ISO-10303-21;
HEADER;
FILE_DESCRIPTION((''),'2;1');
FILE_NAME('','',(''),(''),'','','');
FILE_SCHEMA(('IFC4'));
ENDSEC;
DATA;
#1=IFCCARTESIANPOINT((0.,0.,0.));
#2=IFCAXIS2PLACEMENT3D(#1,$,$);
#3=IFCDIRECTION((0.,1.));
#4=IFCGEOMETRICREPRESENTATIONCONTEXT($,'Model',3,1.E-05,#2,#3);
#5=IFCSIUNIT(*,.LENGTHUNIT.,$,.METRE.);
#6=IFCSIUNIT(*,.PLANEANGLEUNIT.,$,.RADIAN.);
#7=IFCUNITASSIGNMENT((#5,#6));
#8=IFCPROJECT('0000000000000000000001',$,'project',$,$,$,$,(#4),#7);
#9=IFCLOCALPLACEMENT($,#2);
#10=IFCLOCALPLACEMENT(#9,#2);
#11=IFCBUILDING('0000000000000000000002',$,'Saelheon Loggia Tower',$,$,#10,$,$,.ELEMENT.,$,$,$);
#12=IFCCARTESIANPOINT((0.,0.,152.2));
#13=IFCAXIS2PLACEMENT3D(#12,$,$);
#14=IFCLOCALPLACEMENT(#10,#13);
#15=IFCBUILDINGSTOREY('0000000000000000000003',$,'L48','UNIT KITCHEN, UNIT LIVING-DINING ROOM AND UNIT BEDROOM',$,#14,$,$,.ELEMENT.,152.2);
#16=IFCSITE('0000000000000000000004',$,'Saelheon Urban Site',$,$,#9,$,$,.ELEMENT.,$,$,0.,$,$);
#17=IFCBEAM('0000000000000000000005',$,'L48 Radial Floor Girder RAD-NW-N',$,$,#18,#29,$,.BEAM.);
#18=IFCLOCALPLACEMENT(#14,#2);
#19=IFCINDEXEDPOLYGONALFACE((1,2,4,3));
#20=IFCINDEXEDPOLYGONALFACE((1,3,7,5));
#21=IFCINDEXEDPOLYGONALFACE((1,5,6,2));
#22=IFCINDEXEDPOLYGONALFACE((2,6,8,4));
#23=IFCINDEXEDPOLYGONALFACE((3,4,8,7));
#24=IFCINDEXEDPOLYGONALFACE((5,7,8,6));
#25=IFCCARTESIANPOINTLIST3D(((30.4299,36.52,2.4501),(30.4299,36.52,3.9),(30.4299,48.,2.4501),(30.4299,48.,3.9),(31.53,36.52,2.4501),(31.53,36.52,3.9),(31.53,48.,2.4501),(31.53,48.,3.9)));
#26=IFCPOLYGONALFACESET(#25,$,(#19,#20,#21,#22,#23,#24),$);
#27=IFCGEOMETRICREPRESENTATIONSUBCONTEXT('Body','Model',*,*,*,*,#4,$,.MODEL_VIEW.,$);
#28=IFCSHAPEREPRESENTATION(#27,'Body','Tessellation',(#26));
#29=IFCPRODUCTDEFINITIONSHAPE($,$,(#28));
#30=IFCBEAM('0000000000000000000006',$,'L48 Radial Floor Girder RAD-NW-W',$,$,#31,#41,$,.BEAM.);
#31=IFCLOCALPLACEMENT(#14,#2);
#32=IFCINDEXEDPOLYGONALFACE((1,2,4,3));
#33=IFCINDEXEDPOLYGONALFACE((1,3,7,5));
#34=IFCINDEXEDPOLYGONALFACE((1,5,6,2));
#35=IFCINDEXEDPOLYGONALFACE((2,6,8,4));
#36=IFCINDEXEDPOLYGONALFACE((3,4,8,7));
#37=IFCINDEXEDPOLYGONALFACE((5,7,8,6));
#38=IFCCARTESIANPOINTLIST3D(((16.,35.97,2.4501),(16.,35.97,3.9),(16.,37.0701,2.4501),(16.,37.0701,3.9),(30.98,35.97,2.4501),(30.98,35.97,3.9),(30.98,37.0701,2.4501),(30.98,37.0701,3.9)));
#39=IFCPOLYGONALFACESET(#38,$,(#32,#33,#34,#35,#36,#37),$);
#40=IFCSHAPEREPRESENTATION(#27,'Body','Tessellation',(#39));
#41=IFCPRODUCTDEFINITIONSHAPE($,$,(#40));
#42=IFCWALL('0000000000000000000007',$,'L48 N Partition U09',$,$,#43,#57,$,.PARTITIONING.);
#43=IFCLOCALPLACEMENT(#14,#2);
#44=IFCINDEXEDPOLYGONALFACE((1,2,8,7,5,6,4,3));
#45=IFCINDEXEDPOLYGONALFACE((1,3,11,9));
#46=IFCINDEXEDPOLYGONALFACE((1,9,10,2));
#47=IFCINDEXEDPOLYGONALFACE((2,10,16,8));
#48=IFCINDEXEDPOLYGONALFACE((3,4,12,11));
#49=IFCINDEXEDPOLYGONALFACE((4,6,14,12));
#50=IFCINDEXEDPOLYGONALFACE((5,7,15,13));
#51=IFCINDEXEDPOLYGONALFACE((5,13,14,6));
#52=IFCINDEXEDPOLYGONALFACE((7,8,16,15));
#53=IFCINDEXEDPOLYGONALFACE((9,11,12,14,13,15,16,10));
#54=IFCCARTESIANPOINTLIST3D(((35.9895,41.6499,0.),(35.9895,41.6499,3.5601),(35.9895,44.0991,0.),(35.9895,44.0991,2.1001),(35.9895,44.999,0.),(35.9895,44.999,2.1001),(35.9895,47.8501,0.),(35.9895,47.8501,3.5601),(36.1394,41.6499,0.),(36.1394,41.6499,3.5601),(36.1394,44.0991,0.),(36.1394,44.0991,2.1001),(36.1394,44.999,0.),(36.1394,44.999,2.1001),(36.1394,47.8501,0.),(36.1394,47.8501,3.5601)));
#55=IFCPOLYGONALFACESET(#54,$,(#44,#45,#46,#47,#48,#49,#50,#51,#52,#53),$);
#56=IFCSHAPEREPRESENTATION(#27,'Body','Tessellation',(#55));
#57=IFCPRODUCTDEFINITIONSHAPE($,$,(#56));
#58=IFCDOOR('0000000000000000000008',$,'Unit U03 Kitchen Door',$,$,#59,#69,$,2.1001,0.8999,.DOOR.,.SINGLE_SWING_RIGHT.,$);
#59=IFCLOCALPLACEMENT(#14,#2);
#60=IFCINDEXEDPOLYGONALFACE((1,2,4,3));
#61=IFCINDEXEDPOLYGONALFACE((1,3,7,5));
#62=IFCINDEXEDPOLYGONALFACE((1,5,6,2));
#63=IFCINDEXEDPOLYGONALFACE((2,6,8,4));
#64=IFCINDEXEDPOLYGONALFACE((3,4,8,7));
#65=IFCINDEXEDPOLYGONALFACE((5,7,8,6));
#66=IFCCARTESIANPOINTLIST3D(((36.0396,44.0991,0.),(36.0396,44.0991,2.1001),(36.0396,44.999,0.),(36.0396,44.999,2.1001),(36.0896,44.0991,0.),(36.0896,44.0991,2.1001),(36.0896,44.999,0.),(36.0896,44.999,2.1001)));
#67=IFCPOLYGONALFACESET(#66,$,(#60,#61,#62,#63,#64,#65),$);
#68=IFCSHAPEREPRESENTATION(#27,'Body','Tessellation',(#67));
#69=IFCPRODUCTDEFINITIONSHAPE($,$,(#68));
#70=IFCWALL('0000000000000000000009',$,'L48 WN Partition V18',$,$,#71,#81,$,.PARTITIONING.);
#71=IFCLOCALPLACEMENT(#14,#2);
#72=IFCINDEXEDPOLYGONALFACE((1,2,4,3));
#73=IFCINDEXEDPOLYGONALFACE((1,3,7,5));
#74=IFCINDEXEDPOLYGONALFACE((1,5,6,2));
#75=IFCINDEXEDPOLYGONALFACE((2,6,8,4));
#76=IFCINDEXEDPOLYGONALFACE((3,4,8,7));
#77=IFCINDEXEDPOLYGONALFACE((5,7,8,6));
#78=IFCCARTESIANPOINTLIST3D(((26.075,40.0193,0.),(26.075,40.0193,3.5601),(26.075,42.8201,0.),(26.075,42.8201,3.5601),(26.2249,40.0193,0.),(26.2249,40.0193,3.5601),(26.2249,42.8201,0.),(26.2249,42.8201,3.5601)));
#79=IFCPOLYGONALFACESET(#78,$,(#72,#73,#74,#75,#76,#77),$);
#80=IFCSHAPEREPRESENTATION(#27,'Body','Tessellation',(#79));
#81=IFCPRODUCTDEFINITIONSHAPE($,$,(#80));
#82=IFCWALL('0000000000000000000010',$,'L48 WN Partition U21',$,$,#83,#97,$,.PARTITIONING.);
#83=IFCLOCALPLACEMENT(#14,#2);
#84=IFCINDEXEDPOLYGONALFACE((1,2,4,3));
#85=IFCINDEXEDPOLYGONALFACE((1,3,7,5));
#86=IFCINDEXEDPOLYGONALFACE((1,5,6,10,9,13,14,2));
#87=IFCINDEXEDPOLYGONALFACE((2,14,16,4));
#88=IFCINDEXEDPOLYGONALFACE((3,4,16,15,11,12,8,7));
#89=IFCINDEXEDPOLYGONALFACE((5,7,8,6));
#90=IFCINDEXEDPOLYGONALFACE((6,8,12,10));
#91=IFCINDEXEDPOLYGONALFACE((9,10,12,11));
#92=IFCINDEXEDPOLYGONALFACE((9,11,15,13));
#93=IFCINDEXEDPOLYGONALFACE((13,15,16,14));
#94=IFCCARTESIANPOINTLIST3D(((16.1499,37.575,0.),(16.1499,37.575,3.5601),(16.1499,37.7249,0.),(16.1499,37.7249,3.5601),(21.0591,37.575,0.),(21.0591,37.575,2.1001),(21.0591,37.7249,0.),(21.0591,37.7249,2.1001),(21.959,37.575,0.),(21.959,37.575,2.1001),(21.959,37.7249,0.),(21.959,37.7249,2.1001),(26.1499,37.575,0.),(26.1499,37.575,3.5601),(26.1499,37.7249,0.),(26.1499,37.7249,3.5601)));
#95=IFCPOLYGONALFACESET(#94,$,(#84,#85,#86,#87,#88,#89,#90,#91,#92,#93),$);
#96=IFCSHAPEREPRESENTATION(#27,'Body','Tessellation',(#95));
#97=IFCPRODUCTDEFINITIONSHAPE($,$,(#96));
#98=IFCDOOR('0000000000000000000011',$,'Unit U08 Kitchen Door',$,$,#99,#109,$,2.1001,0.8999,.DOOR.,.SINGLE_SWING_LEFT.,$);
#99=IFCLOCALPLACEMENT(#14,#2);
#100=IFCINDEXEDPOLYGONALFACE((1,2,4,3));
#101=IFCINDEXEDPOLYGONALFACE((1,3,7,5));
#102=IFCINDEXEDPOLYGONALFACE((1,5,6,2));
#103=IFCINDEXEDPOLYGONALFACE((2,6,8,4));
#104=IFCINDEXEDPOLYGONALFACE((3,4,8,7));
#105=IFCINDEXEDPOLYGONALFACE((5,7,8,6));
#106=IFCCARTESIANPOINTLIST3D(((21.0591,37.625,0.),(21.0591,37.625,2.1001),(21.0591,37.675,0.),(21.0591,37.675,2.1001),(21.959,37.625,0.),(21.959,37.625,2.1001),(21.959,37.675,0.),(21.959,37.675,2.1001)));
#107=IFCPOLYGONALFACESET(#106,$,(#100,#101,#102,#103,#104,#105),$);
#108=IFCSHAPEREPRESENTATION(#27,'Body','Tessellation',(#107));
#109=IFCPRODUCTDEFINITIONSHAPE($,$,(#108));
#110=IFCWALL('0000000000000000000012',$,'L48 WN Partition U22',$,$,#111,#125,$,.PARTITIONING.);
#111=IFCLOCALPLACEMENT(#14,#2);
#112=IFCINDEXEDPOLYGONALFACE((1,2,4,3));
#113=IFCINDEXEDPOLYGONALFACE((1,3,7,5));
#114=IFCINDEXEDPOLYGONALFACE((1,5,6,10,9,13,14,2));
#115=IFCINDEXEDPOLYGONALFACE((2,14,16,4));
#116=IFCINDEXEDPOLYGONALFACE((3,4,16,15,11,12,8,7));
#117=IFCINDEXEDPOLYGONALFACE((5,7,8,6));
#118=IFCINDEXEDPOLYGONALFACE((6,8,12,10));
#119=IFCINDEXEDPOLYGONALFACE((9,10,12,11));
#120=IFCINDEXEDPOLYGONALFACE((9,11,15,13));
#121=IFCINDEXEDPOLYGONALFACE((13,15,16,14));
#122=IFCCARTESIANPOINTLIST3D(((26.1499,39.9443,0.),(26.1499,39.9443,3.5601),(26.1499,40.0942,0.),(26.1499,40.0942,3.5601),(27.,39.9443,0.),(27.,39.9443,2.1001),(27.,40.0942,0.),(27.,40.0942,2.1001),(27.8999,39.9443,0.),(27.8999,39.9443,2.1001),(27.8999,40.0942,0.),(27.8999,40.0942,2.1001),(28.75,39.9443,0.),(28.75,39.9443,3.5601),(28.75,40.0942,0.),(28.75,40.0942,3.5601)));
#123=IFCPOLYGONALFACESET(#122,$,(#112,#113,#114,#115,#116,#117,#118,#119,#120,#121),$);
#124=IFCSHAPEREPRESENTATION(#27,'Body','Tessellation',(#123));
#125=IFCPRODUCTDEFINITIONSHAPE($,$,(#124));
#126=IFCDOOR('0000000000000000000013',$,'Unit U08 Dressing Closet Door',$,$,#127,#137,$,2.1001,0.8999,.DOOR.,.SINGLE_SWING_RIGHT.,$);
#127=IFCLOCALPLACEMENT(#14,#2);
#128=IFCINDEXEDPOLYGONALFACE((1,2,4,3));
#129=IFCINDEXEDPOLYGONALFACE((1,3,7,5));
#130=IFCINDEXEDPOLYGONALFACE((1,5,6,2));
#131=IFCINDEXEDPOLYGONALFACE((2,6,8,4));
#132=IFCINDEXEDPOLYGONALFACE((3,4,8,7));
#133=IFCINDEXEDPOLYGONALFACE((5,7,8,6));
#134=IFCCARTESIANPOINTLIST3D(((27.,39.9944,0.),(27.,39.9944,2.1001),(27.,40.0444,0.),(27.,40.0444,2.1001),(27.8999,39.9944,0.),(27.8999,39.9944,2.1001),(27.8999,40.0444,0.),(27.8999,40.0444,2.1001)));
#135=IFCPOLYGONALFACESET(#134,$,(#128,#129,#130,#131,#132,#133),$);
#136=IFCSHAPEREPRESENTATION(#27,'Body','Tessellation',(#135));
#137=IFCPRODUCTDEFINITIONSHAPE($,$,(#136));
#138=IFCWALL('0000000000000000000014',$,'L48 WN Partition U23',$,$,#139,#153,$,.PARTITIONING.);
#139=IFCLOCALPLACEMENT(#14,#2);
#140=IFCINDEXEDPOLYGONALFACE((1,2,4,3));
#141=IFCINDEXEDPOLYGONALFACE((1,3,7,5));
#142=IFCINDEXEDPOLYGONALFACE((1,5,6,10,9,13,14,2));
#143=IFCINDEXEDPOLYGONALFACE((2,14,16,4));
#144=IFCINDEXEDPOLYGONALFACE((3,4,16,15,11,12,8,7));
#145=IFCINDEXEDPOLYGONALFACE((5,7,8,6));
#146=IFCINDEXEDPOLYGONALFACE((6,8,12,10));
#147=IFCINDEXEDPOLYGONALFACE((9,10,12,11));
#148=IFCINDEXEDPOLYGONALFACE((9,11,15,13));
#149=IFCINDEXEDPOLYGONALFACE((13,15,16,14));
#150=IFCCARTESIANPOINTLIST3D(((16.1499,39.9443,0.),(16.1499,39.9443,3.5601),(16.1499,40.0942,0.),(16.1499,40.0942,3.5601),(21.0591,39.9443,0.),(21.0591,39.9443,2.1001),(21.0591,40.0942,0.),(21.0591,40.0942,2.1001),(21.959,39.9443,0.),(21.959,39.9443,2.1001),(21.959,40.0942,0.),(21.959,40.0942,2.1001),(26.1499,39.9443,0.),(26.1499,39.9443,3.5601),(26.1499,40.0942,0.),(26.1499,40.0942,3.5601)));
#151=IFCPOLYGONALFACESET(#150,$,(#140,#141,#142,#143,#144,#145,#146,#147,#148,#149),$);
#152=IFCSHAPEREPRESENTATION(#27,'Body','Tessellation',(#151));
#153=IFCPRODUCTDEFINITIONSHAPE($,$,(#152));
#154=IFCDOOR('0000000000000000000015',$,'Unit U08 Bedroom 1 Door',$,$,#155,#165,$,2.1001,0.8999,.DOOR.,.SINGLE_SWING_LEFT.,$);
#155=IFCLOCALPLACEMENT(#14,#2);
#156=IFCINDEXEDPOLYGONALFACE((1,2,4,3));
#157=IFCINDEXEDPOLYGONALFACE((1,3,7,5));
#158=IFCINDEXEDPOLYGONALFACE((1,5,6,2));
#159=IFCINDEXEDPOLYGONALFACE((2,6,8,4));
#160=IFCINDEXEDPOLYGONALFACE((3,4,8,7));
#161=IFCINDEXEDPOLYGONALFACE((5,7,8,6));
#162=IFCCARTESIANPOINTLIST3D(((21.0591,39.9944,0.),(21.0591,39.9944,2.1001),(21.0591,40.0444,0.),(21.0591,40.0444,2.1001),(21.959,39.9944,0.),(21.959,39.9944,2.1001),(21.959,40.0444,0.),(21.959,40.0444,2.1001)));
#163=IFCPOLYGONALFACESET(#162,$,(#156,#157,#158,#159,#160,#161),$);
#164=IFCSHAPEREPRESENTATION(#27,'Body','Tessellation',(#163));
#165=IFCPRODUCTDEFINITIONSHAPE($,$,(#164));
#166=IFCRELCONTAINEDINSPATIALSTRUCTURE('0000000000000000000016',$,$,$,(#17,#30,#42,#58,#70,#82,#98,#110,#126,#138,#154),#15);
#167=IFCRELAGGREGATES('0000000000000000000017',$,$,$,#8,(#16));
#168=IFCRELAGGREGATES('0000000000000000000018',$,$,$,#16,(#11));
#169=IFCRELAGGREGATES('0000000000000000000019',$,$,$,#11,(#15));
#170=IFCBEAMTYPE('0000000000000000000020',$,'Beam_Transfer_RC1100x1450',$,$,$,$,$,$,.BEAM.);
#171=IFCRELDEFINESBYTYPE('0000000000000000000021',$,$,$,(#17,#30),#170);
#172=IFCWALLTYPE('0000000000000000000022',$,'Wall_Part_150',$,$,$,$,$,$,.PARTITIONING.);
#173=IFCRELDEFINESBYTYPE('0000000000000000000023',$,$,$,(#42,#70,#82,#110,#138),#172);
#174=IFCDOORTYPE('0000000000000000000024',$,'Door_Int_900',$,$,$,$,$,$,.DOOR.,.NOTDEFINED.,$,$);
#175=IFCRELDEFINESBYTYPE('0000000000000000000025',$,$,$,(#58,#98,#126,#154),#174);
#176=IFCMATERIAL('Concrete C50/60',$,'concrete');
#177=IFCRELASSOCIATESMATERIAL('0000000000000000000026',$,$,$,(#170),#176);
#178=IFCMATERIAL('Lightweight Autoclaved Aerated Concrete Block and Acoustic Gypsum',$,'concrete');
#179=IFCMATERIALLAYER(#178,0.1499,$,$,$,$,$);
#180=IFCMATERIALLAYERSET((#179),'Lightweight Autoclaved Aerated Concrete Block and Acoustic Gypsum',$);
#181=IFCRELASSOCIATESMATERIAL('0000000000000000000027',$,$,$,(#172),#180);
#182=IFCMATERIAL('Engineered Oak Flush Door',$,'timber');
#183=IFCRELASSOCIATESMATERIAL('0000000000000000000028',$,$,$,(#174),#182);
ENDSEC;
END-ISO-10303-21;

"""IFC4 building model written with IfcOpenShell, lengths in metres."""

from ifc_helpers import new_model, si_unit, direction, frame, frame_2d, origin, origin_2d, place, context, subcontext, project, spatial, rectangle, extrude, source, transform, mapped, material, layer, layer_set, material_profile, profile_set, type_object, element, fill, save


model = new_model("IFC4")

# Units and contexts
model_context = context("Model", 3, precision=1e-05, world=origin(), true_north=direction((0.0, 1.0)))
body_context = subcontext(model_context, "Body", "Model", "MODEL_VIEW")
ifc_project = project(units=[si_unit("LENGTHUNIT", "METRE"), si_unit("PLANEANGLEUNIT", "RADIAN")], contexts=[model_context])

# Site, building, storey
site_placement = place(None, origin())
site = spatial("IfcSite", under=ifc_project, at=site_placement, Name="Saelheon Urban Site", CompositionType="ELEMENT", RefElevation=0.0)
building_placement = place(site_placement, origin())
building = spatial("IfcBuilding", under=site, at=building_placement, Name="Saelheon Loggia Tower", CompositionType="ELEMENT")
storey_placement = place(building_placement, frame((0.0, 0.0, 152.2)))
storey = spatial("IfcBuildingStorey", under=building, at=storey_placement, Name="L48", Description="UNIT KITCHEN, UNIT LIVING-DINING ROOM AND UNIT BEDROOM", CompositionType="ELEMENT", Elevation=152.2)

# Beams
ifc_material_1 = material(Name="Concrete C50/60", Category="concrete")
ifc_material_profile = material_profile(ifc_material_1, rectangle(XDim=1.1001, YDim=1.45, at=origin_2d()), Name="RC-1100x1450")
ifc_profile_set = profile_set([ifc_material_profile], Name="Concrete C50/60")
beam_type = type_object("IfcBeamType", Name="Beam_Transfer_RC1100x1450", PredefinedType="BEAM", material=ifc_profile_set)
shared_shape_1 = source(origin(), body_context, "Body", "SweptSolid", [
    extrude(rectangle(XDim=1.1001, YDim=1.45, at=origin_2d()), origin(), (0.0, 0.0, 1.0), 11.48),
])
beam_1_placement = place(storey_placement, frame((30.98, 36.52, 3.175), z_axis=(0.0, 1.0, 0.0), x_axis=(-1.0, 0.0, 0.0)))
element("IfcBeam", 1, at=beam_1_placement, inside=storey, type_object=beam_type, Name="L48 Radial Floor Girder RAD-NW-N", PredefinedType="BEAM", context=body_context, shape_type="MappedRepresentation", body=[
    mapped(shared_shape_1, transform((0.0, 0.0, 0.0), scale=1.0)),
])
shared_shape_2 = source(origin(), body_context, "Body", "SweptSolid", [
    extrude(rectangle(XDim=1.1001, YDim=1.45, at=origin_2d()), origin(), (0.0, 0.0, 1.0), 14.98),
])
beam_2_placement = place(storey_placement, frame((30.98, 36.52, 3.175), z_axis=(-1.0, 0.0, 0.0), x_axis=(0.0, -1.0, 0.0)))
element("IfcBeam", 2, at=beam_2_placement, inside=storey, type_object=beam_type, Name="L48 Radial Floor Girder RAD-NW-W", PredefinedType="BEAM", context=body_context, shape_type="MappedRepresentation", body=[
    mapped(shared_shape_2, transform((0.0, 0.0, 0.0), scale=1.0)),
])

# Wall, opening, door
ifc_material_2 = material(Name="Lightweight Autoclaved Aerated Concrete Block and Acoustic Gypsum", Category="concrete")
ifc_layer_1 = layer(ifc_material_2, 0.1499)
ifc_layer_set_1 = layer_set([ifc_layer_1], Name="Lightweight Autoclaved Aerated Concrete Block and Acoustic Gypsum")
wall_type_1 = type_object("IfcWallType", Name="Wall_Part_150", PredefinedType="PARTITIONING", material=ifc_layer_set_1)
wall_1_placement = place(storey_placement, frame((36.0645, 41.6499, 0.0), z_axis=(0.0, 0.0, 1.0), x_axis=(0.0, 1.0, 0.0)))
wall_1 = element("IfcWall", 3, at=wall_1_placement, inside=storey, type_object=wall_type_1, Name="L48 N Partition U09", PredefinedType="PARTITIONING", context=body_context, shape_type="SweptSolid", body=[
    extrude(rectangle(XDim=6.2002, YDim=0.1499, at=frame_2d((3.1001, 0.0))), origin(), (0.0, 0.0, 1.0), 3.5601),
])
opening_1_placement = place(wall_1_placement, frame((2.4492, 0.0, 0.0)))
opening_1 = element("IfcOpeningElement", 4, at=opening_1_placement, cuts=wall_1, PredefinedType="OPENING", context=body_context, shape_type="SweptSolid", body=[
    extrude(rectangle(XDim=0.8999, YDim=2.1001, at=frame_2d((0.45, 1.05))), frame((0.0, 0.0869, 0.0), z_axis=(0.0, -1.0, 0.0), x_axis=(1.0, 0.0, 0.0)), (0.0, 0.0, 1.0), 0.1738),
])
ifc_material_3 = material(Name="Engineered Oak Flush Door", Category="timber")
door_type_1 = type_object("IfcDoorType", Name="Door_Int_900", OperationType="NOTDEFINED", PredefinedType="DOOR", material=ifc_material_3)
shared_shape_3 = source(origin(), body_context, "Body", "SweptSolid", [
    extrude(rectangle(XDim=0.8999, YDim=2.1001, at=frame_2d((0.45, 1.05))), frame((0.0, 0.0249, 0.0), z_axis=(0.0, -1.0, 0.0), x_axis=(1.0, 0.0, 0.0)), (0.0, 0.0, 1.0), 0.05),
])
door_1_placement = place(opening_1_placement, origin())
door_1 = element("IfcDoor", 5, at=door_1_placement, inside=storey, type_object=door_type_1, Name="Unit U03 Kitchen Door", OperationType="SINGLE_SWING_RIGHT", OverallHeight=2.1001, OverallWidth=0.8999, PredefinedType="DOOR", context=body_context, shape_type="MappedRepresentation", body=[
    mapped(shared_shape_3, transform((0.0, 0.0, 0.0), scale=1.0)),
])
fill(opening_1, door_1)

# Wall
wall_2_placement = place(storey_placement, frame((26.1499, 40.0193, 0.0), z_axis=(0.0, 0.0, 1.0), x_axis=(0.0, 1.0, 0.0)))
element("IfcWall", 6, at=wall_2_placement, inside=storey, type_object=wall_type_1, Name="L48 WN Partition V18", PredefinedType="PARTITIONING", context=body_context, shape_type="SweptSolid", body=[
    extrude(rectangle(XDim=2.8008, YDim=0.1499, at=frame_2d((1.4004, 0.0))), origin(), (0.0, 0.0, 1.0), 3.5601),
])

# Walls, openings, doors
wall_3_placement = place(storey_placement, frame((26.1499, 37.6499, 0.0), z_axis=(0.0, 0.0, 1.0), x_axis=(-1.0, 0.0, 0.0)))
wall_3 = element("IfcWall", 7, at=wall_3_placement, inside=storey, type_object=wall_type_1, Name="L48 WN Partition U21", PredefinedType="PARTITIONING", context=body_context, shape_type="SweptSolid", body=[
    extrude(rectangle(XDim=10.0, YDim=0.1499, at=frame_2d((5.0, 0.0))), origin(), (0.0, 0.0, 1.0), 3.5601),
])
opening_2_placement = place(wall_3_placement, frame((4.1909, 0.0, 0.0)))
opening_2 = element("IfcOpeningElement", 8, at=opening_2_placement, cuts=wall_3, PredefinedType="OPENING", context=body_context, shape_type="SweptSolid", body=[
    extrude(rectangle(XDim=0.8999, YDim=2.1001, at=frame_2d((0.45, 1.05))), frame((0.0, 0.0869, 0.0), z_axis=(0.0, -1.0, 0.0), x_axis=(1.0, 0.0, 0.0)), (0.0, 0.0, 1.0), 0.1738),
])
door_2_placement = place(opening_2_placement, origin())
door_2 = element("IfcDoor", 9, at=door_2_placement, inside=storey, type_object=door_type_1, Name="Unit U08 Kitchen Door", OperationType="SINGLE_SWING_LEFT", OverallHeight=2.1001, OverallWidth=0.8999, PredefinedType="DOOR", context=body_context, shape_type="MappedRepresentation", body=[
    mapped(shared_shape_3, transform((0.0, 0.0, 0.0), scale=1.0)),
])
fill(opening_2, door_2)
wall_4_placement = place(storey_placement, frame((28.75, 40.0193, 0.0), z_axis=(0.0, 0.0, 1.0), x_axis=(-1.0, 0.0, 0.0)))
wall_4 = element("IfcWall", 10, at=wall_4_placement, inside=storey, type_object=wall_type_1, Name="L48 WN Partition U22", PredefinedType="PARTITIONING", context=body_context, shape_type="SweptSolid", body=[
    extrude(rectangle(XDim=2.6001, YDim=0.1499, at=frame_2d((1.3, 0.0))), origin(), (0.0, 0.0, 1.0), 3.5601),
])
opening_3_placement = place(wall_4_placement, frame((0.8501, 0.0, 0.0)))
opening_3 = element("IfcOpeningElement", 11, at=opening_3_placement, cuts=wall_4, PredefinedType="OPENING", context=body_context, shape_type="SweptSolid", body=[
    extrude(rectangle(XDim=0.8999, YDim=2.1001, at=frame_2d((0.45, 1.05))), frame((0.0, 0.0869, 0.0), z_axis=(0.0, -1.0, 0.0), x_axis=(1.0, 0.0, 0.0)), (0.0, 0.0, 1.0), 0.1738),
])
door_3_placement = place(opening_3_placement, origin())
door_3 = element("IfcDoor", 12, at=door_3_placement, inside=storey, type_object=door_type_1, Name="Unit U08 Dressing Closet Door", OperationType="SINGLE_SWING_RIGHT", OverallHeight=2.1001, OverallWidth=0.8999, PredefinedType="DOOR", context=body_context, shape_type="MappedRepresentation", body=[
    mapped(shared_shape_3, transform((0.0, 0.0, 0.0), scale=1.0)),
])
fill(opening_3, door_3)
wall_5_placement = place(storey_placement, frame((26.1499, 40.0193, 0.0), z_axis=(0.0, 0.0, 1.0), x_axis=(-1.0, 0.0, 0.0)))
wall_5 = element("IfcWall", 13, at=wall_5_placement, inside=storey, type_object=wall_type_1, Name="L48 WN Partition U23", PredefinedType="PARTITIONING", context=body_context, shape_type="SweptSolid", body=[
    extrude(rectangle(XDim=10.0, YDim=0.1499, at=frame_2d((5.0, 0.0))), origin(), (0.0, 0.0, 1.0), 3.5601),
])
opening_4_placement = place(wall_5_placement, frame((4.1909, 0.0, 0.0)))
opening_4 = element("IfcOpeningElement", 14, at=opening_4_placement, cuts=wall_5, PredefinedType="OPENING", context=body_context, shape_type="SweptSolid", body=[
    extrude(rectangle(XDim=0.8999, YDim=2.1001, at=frame_2d((0.45, 1.05))), frame((0.0, 0.0869, 0.0), z_axis=(0.0, -1.0, 0.0), x_axis=(1.0, 0.0, 0.0)), (0.0, 0.0, 1.0), 0.1738),
])
door_4_placement = place(opening_4_placement, origin())
door_4 = element("IfcDoor", 15, at=door_4_placement, inside=storey, type_object=door_type_1, Name="Unit U08 Bedroom 1 Door", OperationType="SINGLE_SWING_LEFT", OverallHeight=2.1001, OverallWidth=0.8999, PredefinedType="DOOR", context=body_context, shape_type="MappedRepresentation", body=[
    mapped(shared_shape_3, transform((0.0, 0.0, 0.0), scale=1.0)),
])
fill(opening_4, door_4)

save(model, "model.ifc")
